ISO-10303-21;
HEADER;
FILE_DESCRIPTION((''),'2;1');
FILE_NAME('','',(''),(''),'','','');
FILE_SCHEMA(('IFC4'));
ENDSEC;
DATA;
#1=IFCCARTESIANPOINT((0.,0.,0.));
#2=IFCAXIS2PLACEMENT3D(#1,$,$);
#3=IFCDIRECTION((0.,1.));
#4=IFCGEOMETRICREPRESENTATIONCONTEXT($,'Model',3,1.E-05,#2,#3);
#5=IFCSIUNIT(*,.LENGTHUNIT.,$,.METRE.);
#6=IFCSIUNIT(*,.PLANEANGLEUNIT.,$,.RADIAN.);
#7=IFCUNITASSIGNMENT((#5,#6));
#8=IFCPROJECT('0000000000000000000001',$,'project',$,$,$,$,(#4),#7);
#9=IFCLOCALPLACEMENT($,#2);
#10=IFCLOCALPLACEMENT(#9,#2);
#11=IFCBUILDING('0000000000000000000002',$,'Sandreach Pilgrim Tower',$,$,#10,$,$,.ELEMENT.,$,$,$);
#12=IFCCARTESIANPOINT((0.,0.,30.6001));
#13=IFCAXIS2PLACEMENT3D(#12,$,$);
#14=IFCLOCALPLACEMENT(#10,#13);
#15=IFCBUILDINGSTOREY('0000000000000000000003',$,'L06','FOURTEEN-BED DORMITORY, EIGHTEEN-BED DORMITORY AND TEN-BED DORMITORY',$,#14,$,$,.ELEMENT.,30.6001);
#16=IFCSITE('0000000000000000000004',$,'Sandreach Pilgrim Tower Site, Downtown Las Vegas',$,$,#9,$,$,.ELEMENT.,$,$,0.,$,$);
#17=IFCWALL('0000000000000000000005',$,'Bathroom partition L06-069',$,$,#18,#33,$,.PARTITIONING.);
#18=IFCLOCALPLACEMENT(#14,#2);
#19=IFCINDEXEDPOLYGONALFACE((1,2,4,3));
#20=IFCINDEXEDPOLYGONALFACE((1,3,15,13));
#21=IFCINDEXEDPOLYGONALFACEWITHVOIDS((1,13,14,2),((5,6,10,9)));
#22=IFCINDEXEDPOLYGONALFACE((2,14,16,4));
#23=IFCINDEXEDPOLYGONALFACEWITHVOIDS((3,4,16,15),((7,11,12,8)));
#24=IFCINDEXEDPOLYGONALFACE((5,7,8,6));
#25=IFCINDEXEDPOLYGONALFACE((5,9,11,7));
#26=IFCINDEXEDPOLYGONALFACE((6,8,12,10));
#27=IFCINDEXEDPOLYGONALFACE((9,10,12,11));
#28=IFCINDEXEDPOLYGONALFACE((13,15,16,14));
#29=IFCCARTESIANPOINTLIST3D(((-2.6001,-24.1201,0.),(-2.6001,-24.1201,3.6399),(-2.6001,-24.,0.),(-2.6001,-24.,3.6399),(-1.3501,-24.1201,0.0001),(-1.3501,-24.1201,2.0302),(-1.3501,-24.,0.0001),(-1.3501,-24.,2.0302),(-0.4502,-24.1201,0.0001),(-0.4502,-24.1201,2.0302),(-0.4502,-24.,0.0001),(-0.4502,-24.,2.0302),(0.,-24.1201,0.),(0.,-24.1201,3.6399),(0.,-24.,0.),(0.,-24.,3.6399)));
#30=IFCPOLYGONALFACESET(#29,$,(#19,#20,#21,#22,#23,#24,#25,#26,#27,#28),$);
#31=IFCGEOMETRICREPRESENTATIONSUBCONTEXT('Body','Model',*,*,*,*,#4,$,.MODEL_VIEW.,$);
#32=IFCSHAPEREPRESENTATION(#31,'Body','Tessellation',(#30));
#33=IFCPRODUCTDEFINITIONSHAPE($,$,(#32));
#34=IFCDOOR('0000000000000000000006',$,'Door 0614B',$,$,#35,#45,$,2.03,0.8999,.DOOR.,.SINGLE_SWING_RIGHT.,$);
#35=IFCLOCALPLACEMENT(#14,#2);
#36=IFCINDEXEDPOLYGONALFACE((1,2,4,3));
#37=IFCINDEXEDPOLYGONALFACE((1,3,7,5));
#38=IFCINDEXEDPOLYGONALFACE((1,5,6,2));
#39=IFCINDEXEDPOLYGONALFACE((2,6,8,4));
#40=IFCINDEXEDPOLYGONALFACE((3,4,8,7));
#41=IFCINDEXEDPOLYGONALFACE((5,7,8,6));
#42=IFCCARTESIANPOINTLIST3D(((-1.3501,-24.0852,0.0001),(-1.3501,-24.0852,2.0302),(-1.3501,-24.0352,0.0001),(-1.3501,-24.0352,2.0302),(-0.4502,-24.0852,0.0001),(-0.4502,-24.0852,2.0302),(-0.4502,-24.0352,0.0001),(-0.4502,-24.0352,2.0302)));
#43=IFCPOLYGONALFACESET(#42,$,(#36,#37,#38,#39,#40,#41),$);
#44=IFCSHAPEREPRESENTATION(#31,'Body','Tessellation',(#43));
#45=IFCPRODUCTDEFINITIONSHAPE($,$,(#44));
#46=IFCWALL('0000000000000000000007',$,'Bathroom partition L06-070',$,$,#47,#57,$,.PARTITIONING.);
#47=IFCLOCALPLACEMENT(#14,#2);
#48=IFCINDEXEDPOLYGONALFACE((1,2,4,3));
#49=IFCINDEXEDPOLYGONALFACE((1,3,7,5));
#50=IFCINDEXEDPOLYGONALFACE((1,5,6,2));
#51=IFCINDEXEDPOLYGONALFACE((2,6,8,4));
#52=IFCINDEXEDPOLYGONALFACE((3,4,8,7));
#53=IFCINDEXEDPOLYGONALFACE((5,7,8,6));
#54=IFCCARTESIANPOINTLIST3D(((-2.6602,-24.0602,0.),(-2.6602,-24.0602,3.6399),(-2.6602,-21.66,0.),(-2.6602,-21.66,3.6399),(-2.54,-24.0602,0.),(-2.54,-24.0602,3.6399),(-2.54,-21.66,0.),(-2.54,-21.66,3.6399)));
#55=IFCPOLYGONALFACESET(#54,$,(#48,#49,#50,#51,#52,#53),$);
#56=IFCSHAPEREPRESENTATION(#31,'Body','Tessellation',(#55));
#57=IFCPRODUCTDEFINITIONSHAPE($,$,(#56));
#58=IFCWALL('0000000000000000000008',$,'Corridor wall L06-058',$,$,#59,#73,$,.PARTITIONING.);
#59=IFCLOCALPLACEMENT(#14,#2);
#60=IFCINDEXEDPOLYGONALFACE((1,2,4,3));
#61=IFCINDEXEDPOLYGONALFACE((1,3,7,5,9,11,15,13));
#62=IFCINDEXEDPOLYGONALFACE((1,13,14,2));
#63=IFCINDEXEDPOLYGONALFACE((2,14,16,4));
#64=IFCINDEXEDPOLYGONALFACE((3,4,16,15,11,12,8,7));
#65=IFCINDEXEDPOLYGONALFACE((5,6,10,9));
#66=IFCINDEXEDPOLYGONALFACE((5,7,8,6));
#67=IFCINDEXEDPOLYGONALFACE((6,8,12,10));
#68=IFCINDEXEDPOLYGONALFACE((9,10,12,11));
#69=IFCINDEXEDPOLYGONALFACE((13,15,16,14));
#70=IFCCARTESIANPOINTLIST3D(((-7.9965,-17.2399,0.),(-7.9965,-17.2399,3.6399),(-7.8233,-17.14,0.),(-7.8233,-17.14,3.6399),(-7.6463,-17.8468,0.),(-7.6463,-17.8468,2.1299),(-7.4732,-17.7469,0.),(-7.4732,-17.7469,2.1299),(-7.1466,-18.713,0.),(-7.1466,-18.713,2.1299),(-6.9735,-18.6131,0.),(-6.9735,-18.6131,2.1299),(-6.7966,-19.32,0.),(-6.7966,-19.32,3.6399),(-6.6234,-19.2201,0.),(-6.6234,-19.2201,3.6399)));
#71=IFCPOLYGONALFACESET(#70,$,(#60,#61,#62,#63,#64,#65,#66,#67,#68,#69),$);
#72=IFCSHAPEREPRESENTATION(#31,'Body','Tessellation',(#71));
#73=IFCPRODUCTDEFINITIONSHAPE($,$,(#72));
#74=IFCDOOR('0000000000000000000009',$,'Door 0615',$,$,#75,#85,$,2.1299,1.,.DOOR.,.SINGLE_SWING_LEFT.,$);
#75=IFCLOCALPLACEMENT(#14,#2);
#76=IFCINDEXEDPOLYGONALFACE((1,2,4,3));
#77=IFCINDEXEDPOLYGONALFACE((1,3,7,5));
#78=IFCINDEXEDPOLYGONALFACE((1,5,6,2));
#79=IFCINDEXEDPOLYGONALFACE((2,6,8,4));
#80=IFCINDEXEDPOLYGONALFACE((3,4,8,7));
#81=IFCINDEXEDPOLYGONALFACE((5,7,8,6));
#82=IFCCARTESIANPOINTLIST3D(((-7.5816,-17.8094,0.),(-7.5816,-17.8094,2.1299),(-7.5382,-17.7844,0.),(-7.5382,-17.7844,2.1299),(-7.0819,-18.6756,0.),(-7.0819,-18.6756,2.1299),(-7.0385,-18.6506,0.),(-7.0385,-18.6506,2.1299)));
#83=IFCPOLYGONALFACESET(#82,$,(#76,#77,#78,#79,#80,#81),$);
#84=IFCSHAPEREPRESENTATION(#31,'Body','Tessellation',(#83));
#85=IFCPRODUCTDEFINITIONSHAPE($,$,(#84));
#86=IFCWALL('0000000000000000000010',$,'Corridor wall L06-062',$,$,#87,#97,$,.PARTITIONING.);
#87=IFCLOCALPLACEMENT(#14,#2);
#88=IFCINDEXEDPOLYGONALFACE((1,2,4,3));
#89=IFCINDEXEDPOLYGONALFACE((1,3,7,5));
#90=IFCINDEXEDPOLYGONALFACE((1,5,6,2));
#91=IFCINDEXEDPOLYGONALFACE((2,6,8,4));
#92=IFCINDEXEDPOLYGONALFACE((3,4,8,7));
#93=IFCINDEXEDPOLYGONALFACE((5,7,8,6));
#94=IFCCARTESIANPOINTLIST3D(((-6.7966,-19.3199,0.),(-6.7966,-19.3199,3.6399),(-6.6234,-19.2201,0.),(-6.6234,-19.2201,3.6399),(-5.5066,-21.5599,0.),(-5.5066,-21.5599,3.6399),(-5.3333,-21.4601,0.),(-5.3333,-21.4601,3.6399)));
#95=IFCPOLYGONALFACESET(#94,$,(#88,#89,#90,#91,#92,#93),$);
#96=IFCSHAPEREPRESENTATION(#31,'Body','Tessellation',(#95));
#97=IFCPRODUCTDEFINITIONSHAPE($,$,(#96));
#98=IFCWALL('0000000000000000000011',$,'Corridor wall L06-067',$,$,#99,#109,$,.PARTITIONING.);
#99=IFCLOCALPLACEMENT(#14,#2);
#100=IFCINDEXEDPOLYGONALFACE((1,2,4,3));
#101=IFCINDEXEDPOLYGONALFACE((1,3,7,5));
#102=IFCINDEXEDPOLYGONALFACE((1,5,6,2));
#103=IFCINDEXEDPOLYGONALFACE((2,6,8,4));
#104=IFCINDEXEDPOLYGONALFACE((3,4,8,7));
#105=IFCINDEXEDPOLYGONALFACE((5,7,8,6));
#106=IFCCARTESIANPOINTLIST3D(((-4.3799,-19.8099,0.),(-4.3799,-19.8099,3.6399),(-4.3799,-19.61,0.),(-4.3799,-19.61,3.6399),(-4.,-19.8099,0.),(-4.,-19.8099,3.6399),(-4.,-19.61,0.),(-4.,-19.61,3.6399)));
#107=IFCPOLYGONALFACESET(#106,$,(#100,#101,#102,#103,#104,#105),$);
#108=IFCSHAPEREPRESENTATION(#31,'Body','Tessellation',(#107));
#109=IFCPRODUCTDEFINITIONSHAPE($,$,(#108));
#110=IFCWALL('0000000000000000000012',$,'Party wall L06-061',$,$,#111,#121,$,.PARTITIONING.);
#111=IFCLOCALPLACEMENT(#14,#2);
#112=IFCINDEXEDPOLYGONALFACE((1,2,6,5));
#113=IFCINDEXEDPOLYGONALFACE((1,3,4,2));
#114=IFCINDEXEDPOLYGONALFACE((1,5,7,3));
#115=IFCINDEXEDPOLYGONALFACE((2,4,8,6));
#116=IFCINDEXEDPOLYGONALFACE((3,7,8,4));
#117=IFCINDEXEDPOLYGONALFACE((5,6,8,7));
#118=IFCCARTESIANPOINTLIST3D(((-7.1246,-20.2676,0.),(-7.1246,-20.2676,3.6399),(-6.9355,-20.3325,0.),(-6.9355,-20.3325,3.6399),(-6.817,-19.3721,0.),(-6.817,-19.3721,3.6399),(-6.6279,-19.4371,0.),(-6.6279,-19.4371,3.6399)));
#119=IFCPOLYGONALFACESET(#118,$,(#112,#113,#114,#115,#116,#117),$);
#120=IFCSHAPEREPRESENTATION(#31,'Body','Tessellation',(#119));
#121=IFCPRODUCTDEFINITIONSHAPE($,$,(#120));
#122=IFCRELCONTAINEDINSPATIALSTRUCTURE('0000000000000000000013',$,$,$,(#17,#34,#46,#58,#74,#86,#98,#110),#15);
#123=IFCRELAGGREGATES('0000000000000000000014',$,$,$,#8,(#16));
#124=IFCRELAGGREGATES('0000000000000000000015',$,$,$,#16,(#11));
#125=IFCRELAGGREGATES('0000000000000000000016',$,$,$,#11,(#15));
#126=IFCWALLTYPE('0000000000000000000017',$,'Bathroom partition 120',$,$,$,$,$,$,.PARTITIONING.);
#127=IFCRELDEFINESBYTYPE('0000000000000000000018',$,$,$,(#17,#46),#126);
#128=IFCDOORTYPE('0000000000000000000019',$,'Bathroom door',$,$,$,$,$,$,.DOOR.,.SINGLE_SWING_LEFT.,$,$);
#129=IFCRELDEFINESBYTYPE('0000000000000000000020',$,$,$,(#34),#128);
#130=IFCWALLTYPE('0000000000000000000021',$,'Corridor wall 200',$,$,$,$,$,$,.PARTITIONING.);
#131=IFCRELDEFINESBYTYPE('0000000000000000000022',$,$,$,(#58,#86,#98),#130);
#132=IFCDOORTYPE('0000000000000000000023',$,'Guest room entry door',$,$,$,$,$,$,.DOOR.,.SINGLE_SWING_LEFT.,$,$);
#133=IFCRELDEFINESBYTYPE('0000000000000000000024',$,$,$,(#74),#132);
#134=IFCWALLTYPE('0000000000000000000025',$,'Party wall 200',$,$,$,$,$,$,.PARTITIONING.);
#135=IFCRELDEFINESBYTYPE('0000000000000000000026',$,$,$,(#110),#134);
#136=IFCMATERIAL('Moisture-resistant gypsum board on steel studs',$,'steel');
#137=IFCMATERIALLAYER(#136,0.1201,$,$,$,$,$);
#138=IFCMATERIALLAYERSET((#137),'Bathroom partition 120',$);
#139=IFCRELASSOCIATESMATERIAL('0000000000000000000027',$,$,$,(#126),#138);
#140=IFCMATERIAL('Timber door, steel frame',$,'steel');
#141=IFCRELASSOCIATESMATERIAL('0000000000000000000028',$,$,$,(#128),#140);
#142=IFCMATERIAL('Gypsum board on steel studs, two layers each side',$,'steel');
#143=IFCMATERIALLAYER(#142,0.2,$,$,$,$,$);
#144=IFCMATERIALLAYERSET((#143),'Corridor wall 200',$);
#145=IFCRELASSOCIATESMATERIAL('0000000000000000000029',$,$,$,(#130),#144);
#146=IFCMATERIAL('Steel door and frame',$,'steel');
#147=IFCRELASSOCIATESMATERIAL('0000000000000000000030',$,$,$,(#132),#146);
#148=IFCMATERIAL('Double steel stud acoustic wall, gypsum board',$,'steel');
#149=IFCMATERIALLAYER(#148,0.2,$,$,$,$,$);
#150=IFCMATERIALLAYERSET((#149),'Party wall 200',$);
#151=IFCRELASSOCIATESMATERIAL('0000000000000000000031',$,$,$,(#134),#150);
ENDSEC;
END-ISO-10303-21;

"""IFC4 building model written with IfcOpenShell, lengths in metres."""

from ifc_helpers import new_model, si_unit, direction, frame, frame_2d, origin, place, context, subcontext, project, spatial, rectangle, extrude, material, layer, layer_set, type_object, element, fill, save


model = new_model("IFC4")

# Units and contexts
model_context = context("Model", 3, precision=1e-05, world=origin(), true_north=direction((0.0, 1.0)))
body_context = subcontext(model_context, "Body", "Model", "MODEL_VIEW")
ifc_project = project(units=[si_unit("LENGTHUNIT", "METRE"), si_unit("PLANEANGLEUNIT", "RADIAN")], contexts=[model_context])

# Site, building, storey
site_placement = place(None, origin())
site = spatial("IfcSite", under=ifc_project, at=site_placement, Name="Sandreach Pilgrim Tower Site, Downtown Las Vegas", CompositionType="ELEMENT", RefElevation=0.0)
building_placement = place(site_placement, origin())
building = spatial("IfcBuilding", under=site, at=building_placement, Name="Sandreach Pilgrim Tower", CompositionType="ELEMENT")
storey_placement = place(building_placement, frame((0.0, 0.0, 30.6001)))
storey = spatial("IfcBuildingStorey", under=building, at=storey_placement, Name="L06", Description="FOURTEEN-BED DORMITORY, EIGHTEEN-BED DORMITORY AND TEN-BED DORMITORY", CompositionType="ELEMENT", Elevation=30.6001)

# Shared definitions
ifc_material_1 = material(Name="Moisture-resistant gypsum board on steel studs", Category="steel")
ifc_layer_1 = layer(ifc_material_1, 0.1201)
ifc_layer_set_1 = layer_set([ifc_layer_1], Name="Bathroom partition 120")
wall_type_1 = type_object("IfcWallType", Name="Bathroom partition 120", PredefinedType="PARTITIONING", material=ifc_layer_set_1)

# Wall, opening, door
ifc_material_2 = material(Name="Timber door, steel frame", Category="steel")
door_type_1 = type_object("IfcDoorType", Name="Bathroom door", OperationType="SINGLE_SWING_LEFT", PredefinedType="DOOR", material=ifc_material_2)
wall_1_placement = place(storey_placement, frame((-2.6001, -24.0601, 0.0), z_axis=(0.0, 0.0, 1.0), x_axis=(1.0, 0.0, 0.0)))
wall_1 = element("IfcWall", 1, at=wall_1_placement, inside=storey, type_object=wall_type_1, Name="Bathroom partition L06-069", PredefinedType="PARTITIONING", context=body_context, shape_type="SweptSolid", body=[
    extrude(rectangle(XDim=2.6001, YDim=0.1201, at=frame_2d((1.3, 0.0))), origin(), (0.0, 0.0, 1.0), 3.6399),
])
opening_1_placement = place(wall_1_placement, frame((1.25, 0.0, 0.0)))
opening_1 = element("IfcOpeningElement", 2, at=opening_1_placement, cuts=wall_1, PredefinedType="OPENING", context=body_context, shape_type="SweptSolid", body=[
    extrude(rectangle(XDim=0.8999, YDim=2.03, at=frame_2d((0.45, 1.0151))), frame((0.0, 0.0601, 0.0), z_axis=(0.0, -1.0, 0.0), x_axis=(1.0, 0.0, 0.0)), (0.0, 0.0, 1.0), 0.1201),
])
door_1_placement = place(opening_1_placement, origin())
door_1 = element("IfcDoor", 3, at=door_1_placement, inside=storey, type_object=door_type_1, Name="Door 0614B", OperationType="SINGLE_SWING_RIGHT", OverallHeight=2.03, OverallWidth=0.8999, PredefinedType="DOOR", context=body_context, shape_type="SweptSolid", body=[
    extrude(rectangle(XDim=0.8999, YDim=2.03, at=frame_2d((0.45, 1.0151))), frame((0.0, 0.0249, 0.0), z_axis=(0.0, -1.0, 0.0), x_axis=(1.0, 0.0, 0.0)), (0.0, 0.0, 1.0), 0.05),
])
fill(opening_1, door_1)

# Wall
wall_2_placement = place(storey_placement, frame((-2.6001, -21.6599, 0.0), z_axis=(0.0, 0.0, 1.0), x_axis=(0.0, -1.0, 0.0)))
element("IfcWall", 4, at=wall_2_placement, inside=storey, type_object=wall_type_1, Name="Bathroom partition L06-070", PredefinedType="PARTITIONING", context=body_context, shape_type="SweptSolid", body=[
    extrude(rectangle(XDim=2.4001, YDim=0.1201, at=frame_2d((1.2002, 0.0))), origin(), (0.0, 0.0, 1.0), 3.6399),
])

# Wall, opening, door
ifc_material_3 = material(Name="Gypsum board on steel studs, two layers each side", Category="steel")
ifc_layer_2 = layer(ifc_material_3, 0.2)
ifc_layer_set_2 = layer_set([ifc_layer_2], Name="Corridor wall 200")
wall_type_2 = type_object("IfcWallType", Name="Corridor wall 200", PredefinedType="PARTITIONING", material=ifc_layer_set_2)
wall_3_placement = place(storey_placement, frame((-7.9099, -17.1899, 0.0), z_axis=(0.0, 0.0, 1.0), x_axis=(0.499693, -0.866203, 0.0)))
wall_3 = element("IfcWall", 5, at=wall_3_placement, inside=storey, type_object=wall_type_2, Name="Corridor wall L06-058", PredefinedType="PARTITIONING", context=body_context, shape_type="SweptSolid", body=[
    extrude(rectangle(XDim=2.4014, YDim=0.2, at=frame_2d((1.2007, 0.0))), origin(), (0.0, 0.0, 1.0), 3.6399),
])
opening_2_placement = place(wall_3_placement, frame((0.7007, 0.0, 0.0)))
opening_2 = element("IfcOpeningElement", 6, at=opening_2_placement, cuts=wall_3, PredefinedType="OPENING", context=body_context, shape_type="SweptSolid", body=[
    extrude(rectangle(XDim=1.0, YDim=2.1299, at=frame_2d((0.5, 1.0649))), frame((0.0, 0.1001, 0.0), z_axis=(0.0, -1.0, 0.0), x_axis=(1.0, 0.0, 0.0)), (0.0, 0.0, 1.0), 0.2),
])
ifc_material_4 = material(Name="Steel door and frame", Category="steel")
door_type_2 = type_object("IfcDoorType", Name="Guest room entry door", OperationType="SINGLE_SWING_LEFT", PredefinedType="DOOR", material=ifc_material_4)
door_2_placement = place(opening_2_placement, origin())
door_2 = element("IfcDoor", 7, at=door_2_placement, inside=storey, type_object=door_type_2, Name="Door 0615", OperationType="SINGLE_SWING_LEFT", OverallHeight=2.1299, OverallWidth=1.0, PredefinedType="DOOR", context=body_context, shape_type="SweptSolid", body=[
    extrude(rectangle(XDim=1.0, YDim=2.1299, at=frame_2d((0.5, 1.0649))), frame((0.0, 0.0249, 0.0), z_axis=(0.0, -1.0, 0.0), x_axis=(1.0, 0.0, 0.0)), (0.0, 0.0, 1.0), 0.05),
])
fill(opening_2, door_2)

# Wall
wall_4_placement = place(storey_placement, frame((-5.4199, -21.51, 0.0), z_axis=(0.0, 0.0, 1.0), x_axis=(-0.499065, 0.866564, 0.0)))
element("IfcWall", 8, at=wall_4_placement, inside=storey, type_object=wall_type_2, Name="Corridor wall L06-062", PredefinedType="PARTITIONING", context=body_context, shape_type="SweptSolid", body=[
    extrude(rectangle(XDim=2.585, YDim=0.2, at=frame_2d((1.2925, 0.0))), origin(), (0.0, 0.0, 1.0), 3.6399),
])

# Walls
wall_5_placement = place(storey_placement, frame((-4.0, -19.71, 0.0), z_axis=(0.0, 0.0, 1.0), x_axis=(-1.0, 0.0, 0.0)))
element("IfcWall", 9, at=wall_5_placement, inside=storey, type_object=wall_type_2, Name="Corridor wall L06-067", PredefinedType="PARTITIONING", context=body_context, shape_type="SweptSolid", body=[
    extrude(rectangle(XDim=0.3799, YDim=0.2, at=frame_2d((0.1899, 0.0))), origin(), (0.0, 0.0, 1.0), 3.6399),
])
ifc_material_5 = material(Name="Double steel stud acoustic wall, gypsum board", Category="steel")
ifc_layer_3 = layer(ifc_material_5, 0.2)
ifc_layer_set_3 = layer_set([ifc_layer_3], Name="Party wall 200")
wall_type_3 = type_object("IfcWallType", Name="Party wall 200", PredefinedType="PARTITIONING", material=ifc_layer_set_3)
wall_6_placement = place(storey_placement, frame((-7.03, -20.3, 0.0), z_axis=(0.0, 0.0, 1.0), x_axis=(0.324878, 0.945756, 0.0)))
element("IfcWall", 10, at=wall_6_placement, inside=storey, type_object=wall_type_3, Name="Party wall L06-061", PredefinedType="PARTITIONING", context=body_context, shape_type="SweptSolid", body=[
    extrude(rectangle(XDim=0.9468, YDim=0.2, at=frame_2d((0.4734, 0.0))), origin(), (0.0, 0.0, 1.0), 3.6399),
])

save(model, "model.ifc")
